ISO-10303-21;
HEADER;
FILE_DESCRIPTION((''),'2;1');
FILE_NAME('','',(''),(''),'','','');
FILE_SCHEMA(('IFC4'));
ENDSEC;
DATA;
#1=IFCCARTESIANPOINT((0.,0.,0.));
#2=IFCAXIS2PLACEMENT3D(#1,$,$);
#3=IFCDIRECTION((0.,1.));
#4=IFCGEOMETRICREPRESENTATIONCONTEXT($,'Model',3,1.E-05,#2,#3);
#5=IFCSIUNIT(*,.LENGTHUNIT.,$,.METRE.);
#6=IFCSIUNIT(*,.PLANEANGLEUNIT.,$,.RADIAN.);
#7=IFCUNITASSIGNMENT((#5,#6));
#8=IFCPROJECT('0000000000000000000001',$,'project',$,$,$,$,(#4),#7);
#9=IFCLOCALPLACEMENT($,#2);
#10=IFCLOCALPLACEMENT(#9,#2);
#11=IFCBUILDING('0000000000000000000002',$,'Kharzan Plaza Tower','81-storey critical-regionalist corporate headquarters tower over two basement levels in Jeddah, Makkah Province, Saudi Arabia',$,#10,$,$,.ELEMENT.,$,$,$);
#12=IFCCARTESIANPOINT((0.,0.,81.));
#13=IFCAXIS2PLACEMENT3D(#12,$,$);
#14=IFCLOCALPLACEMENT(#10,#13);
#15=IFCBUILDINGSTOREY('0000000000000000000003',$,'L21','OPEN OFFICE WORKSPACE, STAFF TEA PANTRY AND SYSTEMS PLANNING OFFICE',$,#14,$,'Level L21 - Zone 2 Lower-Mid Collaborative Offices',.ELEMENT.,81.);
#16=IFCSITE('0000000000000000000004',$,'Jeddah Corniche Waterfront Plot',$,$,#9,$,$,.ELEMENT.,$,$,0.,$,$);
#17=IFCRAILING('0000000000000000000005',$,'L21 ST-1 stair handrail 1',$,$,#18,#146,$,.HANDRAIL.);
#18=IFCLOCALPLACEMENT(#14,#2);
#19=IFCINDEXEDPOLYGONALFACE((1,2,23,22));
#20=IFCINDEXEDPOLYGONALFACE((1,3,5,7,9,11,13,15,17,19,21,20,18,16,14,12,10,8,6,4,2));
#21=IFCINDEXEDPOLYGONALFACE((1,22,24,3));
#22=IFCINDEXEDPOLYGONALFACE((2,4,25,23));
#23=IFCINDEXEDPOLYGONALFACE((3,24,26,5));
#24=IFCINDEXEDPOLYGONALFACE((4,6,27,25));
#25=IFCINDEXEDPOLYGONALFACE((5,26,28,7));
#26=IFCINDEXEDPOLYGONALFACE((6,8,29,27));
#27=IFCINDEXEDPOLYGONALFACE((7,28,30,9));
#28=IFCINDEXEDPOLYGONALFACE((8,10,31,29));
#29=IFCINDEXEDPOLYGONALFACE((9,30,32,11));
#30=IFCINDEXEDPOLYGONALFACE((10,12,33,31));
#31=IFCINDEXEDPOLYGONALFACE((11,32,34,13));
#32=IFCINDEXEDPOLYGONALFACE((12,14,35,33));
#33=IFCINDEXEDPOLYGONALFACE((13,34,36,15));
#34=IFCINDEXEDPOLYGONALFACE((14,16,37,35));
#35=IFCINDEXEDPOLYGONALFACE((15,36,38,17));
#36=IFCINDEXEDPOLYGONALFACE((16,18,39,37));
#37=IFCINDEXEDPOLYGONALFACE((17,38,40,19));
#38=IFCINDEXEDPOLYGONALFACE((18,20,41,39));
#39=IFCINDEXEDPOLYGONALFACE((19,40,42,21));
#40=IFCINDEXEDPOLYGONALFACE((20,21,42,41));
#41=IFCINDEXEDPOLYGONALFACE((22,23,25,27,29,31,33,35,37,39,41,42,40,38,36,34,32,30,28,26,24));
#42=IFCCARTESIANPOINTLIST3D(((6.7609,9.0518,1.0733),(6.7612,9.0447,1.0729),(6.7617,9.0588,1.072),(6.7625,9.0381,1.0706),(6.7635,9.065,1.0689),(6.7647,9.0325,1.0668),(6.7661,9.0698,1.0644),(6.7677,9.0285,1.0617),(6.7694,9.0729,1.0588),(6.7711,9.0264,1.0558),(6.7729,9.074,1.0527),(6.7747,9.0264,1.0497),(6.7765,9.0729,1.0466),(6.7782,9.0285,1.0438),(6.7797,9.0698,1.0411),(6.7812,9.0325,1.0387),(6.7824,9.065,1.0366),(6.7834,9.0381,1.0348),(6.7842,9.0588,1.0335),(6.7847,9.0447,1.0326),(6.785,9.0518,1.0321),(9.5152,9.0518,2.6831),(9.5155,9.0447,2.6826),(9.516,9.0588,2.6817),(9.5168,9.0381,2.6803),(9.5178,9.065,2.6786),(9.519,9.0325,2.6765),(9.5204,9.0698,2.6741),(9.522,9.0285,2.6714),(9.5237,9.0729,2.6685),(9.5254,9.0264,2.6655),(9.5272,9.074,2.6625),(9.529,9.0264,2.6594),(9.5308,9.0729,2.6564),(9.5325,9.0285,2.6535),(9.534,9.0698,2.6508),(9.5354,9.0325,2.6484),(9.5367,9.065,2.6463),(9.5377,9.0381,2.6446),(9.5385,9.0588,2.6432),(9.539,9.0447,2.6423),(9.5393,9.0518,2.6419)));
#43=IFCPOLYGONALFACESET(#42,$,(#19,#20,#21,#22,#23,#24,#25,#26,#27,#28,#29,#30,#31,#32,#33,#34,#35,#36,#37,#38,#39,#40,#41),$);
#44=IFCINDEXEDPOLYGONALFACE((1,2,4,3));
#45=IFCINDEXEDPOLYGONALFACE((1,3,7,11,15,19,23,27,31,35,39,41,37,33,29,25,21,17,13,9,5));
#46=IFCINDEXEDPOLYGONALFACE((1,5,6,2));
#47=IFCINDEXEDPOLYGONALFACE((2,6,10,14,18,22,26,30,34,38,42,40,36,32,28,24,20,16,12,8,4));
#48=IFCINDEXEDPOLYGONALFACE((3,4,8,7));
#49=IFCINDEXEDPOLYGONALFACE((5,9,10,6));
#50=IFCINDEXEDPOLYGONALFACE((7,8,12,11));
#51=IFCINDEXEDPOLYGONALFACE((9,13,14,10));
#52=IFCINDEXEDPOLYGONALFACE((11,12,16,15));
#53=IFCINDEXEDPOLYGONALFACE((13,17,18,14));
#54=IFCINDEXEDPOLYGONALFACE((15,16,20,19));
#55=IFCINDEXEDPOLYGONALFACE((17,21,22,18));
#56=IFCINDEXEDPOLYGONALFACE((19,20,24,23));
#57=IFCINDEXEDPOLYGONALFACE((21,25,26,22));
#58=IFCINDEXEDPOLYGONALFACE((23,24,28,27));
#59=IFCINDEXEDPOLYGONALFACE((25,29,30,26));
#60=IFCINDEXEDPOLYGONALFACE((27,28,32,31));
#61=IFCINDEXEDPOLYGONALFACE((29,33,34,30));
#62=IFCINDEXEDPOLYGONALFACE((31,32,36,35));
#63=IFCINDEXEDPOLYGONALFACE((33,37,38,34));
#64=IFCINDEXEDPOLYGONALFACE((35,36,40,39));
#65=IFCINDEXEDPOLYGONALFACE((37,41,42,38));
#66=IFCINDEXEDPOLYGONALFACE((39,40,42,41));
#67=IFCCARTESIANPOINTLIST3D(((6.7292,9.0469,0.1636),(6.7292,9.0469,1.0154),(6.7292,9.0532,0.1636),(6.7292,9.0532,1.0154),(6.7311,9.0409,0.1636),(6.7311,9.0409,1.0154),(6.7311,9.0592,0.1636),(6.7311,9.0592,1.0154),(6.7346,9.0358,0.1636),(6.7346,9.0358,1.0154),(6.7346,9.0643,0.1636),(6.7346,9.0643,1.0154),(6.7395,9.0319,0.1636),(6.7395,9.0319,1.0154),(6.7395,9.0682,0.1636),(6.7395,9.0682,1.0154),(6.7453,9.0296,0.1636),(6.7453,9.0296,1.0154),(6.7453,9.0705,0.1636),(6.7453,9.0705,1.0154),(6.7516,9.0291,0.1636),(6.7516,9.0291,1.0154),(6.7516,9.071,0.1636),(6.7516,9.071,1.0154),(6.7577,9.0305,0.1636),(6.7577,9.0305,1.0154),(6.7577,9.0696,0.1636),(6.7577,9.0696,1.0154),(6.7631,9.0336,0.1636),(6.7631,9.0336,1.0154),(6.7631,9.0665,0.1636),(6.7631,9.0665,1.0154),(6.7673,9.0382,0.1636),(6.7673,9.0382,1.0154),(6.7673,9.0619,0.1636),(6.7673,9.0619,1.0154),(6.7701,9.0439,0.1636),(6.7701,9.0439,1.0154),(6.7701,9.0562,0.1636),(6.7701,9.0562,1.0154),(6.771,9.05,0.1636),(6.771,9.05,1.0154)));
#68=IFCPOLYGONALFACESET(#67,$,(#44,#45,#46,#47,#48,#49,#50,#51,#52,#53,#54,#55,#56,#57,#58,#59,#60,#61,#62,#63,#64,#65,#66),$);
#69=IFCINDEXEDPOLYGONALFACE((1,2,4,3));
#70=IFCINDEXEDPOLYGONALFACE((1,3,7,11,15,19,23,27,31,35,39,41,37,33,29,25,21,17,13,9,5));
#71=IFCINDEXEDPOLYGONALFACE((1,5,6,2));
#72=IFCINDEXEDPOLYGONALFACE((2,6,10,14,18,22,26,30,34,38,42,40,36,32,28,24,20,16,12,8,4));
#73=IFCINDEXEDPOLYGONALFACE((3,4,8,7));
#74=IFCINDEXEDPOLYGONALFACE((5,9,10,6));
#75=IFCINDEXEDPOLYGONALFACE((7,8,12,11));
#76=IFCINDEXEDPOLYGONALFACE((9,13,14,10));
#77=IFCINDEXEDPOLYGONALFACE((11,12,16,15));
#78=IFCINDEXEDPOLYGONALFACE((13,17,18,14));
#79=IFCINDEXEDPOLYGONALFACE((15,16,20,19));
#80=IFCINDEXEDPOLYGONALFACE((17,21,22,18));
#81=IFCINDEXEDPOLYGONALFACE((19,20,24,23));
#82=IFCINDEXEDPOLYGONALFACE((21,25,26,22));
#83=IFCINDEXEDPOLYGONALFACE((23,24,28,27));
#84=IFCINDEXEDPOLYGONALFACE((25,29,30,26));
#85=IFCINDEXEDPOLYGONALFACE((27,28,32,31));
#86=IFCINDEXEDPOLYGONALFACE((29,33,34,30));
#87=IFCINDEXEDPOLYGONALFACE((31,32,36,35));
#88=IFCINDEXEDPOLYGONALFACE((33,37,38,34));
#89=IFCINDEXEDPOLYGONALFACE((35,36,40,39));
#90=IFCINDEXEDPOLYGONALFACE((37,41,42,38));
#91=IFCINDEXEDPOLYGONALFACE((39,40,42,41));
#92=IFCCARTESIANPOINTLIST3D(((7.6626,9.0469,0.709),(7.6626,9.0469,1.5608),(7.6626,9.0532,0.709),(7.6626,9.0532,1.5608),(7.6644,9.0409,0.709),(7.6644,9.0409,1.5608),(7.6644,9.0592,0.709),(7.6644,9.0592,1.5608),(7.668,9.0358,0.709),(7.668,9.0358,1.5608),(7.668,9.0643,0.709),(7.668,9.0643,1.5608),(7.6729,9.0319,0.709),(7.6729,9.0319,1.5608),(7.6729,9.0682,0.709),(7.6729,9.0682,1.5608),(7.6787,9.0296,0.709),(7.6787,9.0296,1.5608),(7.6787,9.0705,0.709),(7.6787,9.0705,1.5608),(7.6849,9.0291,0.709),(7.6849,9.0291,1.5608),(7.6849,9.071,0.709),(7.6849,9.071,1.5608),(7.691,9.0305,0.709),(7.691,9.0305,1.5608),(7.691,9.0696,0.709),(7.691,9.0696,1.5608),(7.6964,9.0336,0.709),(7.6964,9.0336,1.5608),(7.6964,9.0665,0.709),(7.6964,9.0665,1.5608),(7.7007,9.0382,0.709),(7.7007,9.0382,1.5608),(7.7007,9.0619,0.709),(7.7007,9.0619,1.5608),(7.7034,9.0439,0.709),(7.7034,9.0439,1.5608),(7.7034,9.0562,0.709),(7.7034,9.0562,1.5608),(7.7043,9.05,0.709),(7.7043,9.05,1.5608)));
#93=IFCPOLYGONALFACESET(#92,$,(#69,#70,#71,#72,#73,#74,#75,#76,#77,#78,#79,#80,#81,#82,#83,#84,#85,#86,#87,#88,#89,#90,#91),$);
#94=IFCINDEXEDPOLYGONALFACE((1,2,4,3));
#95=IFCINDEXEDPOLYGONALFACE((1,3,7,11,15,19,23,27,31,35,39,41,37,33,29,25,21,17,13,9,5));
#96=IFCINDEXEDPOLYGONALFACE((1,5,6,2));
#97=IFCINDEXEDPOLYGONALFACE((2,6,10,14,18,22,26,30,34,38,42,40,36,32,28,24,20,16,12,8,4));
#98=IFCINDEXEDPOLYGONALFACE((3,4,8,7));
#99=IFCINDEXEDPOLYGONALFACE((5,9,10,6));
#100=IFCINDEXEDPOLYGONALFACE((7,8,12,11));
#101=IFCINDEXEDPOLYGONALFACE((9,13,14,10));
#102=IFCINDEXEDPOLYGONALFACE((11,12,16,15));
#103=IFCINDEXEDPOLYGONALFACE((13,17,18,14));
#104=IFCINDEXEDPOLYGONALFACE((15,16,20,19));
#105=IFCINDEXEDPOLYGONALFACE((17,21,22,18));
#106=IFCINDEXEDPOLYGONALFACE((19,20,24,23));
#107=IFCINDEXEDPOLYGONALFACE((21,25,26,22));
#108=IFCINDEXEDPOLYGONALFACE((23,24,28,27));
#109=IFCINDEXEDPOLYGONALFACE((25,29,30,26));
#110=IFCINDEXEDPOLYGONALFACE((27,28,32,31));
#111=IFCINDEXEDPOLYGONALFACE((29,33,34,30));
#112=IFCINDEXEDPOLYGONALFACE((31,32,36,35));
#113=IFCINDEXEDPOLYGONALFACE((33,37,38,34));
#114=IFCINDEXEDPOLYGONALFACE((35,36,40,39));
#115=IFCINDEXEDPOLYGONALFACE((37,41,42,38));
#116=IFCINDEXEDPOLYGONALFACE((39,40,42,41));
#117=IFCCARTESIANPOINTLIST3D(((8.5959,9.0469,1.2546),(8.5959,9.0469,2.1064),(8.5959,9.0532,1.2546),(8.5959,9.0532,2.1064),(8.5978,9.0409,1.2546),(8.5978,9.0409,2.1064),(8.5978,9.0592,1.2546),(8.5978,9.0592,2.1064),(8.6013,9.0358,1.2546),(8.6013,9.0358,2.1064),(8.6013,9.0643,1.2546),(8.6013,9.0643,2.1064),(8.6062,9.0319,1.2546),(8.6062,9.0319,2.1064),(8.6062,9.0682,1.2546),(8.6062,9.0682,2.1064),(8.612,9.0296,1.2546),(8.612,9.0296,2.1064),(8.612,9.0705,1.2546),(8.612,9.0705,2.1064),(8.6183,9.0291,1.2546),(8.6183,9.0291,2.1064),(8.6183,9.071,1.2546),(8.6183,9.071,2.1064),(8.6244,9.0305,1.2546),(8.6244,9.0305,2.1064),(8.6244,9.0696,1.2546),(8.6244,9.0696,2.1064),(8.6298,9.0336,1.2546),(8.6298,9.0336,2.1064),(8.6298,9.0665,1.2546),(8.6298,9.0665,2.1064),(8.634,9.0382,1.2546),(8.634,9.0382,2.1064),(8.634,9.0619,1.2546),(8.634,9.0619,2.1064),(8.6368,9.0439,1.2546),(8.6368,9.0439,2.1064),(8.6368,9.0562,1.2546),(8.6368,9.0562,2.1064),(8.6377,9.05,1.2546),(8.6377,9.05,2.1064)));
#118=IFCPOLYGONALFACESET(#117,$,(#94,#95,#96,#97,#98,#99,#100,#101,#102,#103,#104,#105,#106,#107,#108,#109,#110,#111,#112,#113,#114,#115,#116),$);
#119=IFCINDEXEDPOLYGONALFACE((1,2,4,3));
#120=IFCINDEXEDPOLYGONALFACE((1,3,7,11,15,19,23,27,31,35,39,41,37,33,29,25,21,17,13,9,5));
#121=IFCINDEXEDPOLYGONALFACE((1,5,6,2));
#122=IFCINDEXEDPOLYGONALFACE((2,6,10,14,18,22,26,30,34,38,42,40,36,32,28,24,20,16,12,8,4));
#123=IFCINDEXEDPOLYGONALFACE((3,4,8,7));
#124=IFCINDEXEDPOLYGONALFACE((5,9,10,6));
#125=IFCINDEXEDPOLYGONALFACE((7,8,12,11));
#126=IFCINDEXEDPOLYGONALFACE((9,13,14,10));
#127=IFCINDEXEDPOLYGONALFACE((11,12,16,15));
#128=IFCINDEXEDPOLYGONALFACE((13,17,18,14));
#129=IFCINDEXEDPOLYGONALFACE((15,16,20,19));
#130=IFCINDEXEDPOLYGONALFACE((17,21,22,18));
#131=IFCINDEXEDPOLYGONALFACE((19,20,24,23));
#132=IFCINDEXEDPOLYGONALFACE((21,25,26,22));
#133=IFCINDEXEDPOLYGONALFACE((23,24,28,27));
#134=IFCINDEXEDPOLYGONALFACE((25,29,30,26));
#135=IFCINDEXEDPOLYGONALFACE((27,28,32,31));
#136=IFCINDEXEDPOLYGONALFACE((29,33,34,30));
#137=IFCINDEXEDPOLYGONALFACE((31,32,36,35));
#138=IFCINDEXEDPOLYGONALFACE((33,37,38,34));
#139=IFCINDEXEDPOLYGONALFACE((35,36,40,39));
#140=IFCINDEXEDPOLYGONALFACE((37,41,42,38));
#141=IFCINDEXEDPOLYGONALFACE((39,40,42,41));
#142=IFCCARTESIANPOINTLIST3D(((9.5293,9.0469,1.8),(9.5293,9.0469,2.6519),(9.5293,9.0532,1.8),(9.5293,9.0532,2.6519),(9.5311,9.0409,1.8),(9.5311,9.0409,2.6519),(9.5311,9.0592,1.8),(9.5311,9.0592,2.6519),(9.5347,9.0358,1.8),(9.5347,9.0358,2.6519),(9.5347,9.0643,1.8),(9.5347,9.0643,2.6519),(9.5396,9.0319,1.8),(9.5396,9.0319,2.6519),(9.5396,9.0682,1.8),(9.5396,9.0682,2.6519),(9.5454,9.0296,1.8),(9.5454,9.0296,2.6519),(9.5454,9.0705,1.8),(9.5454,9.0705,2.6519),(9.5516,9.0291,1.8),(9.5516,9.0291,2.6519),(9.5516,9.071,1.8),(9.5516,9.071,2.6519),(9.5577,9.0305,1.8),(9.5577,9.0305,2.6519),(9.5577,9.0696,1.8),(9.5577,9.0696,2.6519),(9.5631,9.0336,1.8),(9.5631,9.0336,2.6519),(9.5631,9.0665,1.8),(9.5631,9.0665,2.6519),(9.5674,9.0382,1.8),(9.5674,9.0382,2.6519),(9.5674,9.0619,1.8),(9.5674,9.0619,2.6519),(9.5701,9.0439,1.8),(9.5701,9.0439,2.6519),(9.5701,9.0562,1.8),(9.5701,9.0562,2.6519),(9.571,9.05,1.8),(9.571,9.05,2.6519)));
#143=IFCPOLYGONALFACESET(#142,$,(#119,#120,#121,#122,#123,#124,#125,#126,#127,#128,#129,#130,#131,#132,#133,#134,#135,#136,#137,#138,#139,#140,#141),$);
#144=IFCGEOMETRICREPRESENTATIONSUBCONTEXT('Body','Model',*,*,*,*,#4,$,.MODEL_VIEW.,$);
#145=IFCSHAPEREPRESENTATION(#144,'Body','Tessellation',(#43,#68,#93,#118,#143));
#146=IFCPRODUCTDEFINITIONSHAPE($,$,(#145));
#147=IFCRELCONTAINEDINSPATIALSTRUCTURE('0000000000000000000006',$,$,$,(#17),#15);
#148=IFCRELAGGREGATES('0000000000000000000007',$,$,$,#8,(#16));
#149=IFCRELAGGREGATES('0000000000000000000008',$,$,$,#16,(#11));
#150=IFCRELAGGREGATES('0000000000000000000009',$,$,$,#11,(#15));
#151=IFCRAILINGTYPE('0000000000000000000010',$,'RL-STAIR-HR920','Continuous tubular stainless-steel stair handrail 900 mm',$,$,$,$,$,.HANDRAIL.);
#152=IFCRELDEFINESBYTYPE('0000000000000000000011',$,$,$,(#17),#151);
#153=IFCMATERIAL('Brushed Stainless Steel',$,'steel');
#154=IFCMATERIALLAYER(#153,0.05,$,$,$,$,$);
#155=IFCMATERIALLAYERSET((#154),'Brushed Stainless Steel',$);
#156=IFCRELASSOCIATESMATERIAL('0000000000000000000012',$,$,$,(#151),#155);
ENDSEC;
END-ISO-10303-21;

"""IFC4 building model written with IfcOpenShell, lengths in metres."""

from ifc_helpers import new_model, si_unit, direction, frame, origin, origin_2d, place, context, subcontext, project, spatial, circle, extrude, source, transform, mapped, material, layer, layer_set, type_object, element, save


model = new_model("IFC4")

# Units and contexts
model_context = context("Model", 3, precision=1e-05, world=origin(), true_north=direction((0.0, 1.0)))
body_context = subcontext(model_context, "Body", "Model", "MODEL_VIEW")
ifc_project = project(units=[si_unit("LENGTHUNIT", "METRE"), si_unit("PLANEANGLEUNIT", "RADIAN")], contexts=[model_context])

# Site, building, storey
site_placement = place(None, origin())
site = spatial("IfcSite", under=ifc_project, at=site_placement, Name="Jeddah Corniche Waterfront Plot", CompositionType="ELEMENT", RefElevation=0.0)
building_placement = place(site_placement, origin())
building = spatial("IfcBuilding", under=site, at=building_placement, Name="Kharzan Plaza Tower", Description="81-storey critical-regionalist corporate headquarters tower over two basement levels in Jeddah, Makkah Province, Saudi Arabia", CompositionType="ELEMENT")
storey_placement = place(building_placement, frame((0.0, 0.0, 81.0)))
storey = spatial("IfcBuildingStorey", under=building, at=storey_placement, Name="L21", Description="OPEN OFFICE WORKSPACE, STAFF TEA PANTRY AND SYSTEMS PLANNING OFFICE", LongName="Level L21 - Zone 2 Lower-Mid Collaborative Offices", CompositionType="ELEMENT", Elevation=81.0)

# Railing
ifc_material_1 = material(Name="Brushed Stainless Steel", Category="steel")
ifc_layer_1 = layer(ifc_material_1, 0.05)
ifc_layer_set_1 = layer_set([ifc_layer_1], Name="Brushed Stainless Steel")
railing_type_1 = type_object("IfcRailingType", Name="RL-STAIR-HR920", Description="Continuous tubular stainless-steel stair handrail 900 mm", PredefinedType="HANDRAIL", material=ifc_layer_set_1)
shared_shape_1 = source(origin(), body_context, "Body", "SweptSolid", [
    extrude(circle(Radius=0.0239, at=origin_2d()), frame((0.0229, 0.0, 0.8892), z_axis=(0.863361, 0.0, 0.504587), x_axis=(0.0, 1.0, 0.0)), (0.0, 0.0, 1.0), 3.1902),
    extrude(circle(Radius=0.021, at=origin_2d()), origin(), (0.0, 0.0, 1.0), 0.8518),
    extrude(circle(Radius=0.021, at=origin_2d()), frame((0.9333, 0.0, 0.5454)), (0.0, 0.0, 1.0), 0.8518),
    extrude(circle(Radius=0.021, at=origin_2d()), frame((1.8667, 0.0, 1.0911)), (0.0, 0.0, 1.0), 0.8518),
    extrude(circle(Radius=0.021, at=origin_2d()), frame((2.8, 0.0, 1.6365)), (0.0, 0.0, 1.0), 0.8518),
])
railing_1_placement = place(storey_placement, frame((6.75, 9.05, 0.1636)))
element("IfcRailing", 1, at=railing_1_placement, inside=storey, type_object=railing_type_1, Name="L21 ST-1 stair handrail 1", PredefinedType="HANDRAIL", context=body_context, shape_type="MappedRepresentation", body=[
    mapped(shared_shape_1, transform((0.0, 0.0, 0.0), x_axis=(1.0, 0.0, 0.0), y_axis=(0.0, 1.0, 0.0), z_axis=(0.0, 0.0, 1.0))),
])

save(model, "model.ifc")
